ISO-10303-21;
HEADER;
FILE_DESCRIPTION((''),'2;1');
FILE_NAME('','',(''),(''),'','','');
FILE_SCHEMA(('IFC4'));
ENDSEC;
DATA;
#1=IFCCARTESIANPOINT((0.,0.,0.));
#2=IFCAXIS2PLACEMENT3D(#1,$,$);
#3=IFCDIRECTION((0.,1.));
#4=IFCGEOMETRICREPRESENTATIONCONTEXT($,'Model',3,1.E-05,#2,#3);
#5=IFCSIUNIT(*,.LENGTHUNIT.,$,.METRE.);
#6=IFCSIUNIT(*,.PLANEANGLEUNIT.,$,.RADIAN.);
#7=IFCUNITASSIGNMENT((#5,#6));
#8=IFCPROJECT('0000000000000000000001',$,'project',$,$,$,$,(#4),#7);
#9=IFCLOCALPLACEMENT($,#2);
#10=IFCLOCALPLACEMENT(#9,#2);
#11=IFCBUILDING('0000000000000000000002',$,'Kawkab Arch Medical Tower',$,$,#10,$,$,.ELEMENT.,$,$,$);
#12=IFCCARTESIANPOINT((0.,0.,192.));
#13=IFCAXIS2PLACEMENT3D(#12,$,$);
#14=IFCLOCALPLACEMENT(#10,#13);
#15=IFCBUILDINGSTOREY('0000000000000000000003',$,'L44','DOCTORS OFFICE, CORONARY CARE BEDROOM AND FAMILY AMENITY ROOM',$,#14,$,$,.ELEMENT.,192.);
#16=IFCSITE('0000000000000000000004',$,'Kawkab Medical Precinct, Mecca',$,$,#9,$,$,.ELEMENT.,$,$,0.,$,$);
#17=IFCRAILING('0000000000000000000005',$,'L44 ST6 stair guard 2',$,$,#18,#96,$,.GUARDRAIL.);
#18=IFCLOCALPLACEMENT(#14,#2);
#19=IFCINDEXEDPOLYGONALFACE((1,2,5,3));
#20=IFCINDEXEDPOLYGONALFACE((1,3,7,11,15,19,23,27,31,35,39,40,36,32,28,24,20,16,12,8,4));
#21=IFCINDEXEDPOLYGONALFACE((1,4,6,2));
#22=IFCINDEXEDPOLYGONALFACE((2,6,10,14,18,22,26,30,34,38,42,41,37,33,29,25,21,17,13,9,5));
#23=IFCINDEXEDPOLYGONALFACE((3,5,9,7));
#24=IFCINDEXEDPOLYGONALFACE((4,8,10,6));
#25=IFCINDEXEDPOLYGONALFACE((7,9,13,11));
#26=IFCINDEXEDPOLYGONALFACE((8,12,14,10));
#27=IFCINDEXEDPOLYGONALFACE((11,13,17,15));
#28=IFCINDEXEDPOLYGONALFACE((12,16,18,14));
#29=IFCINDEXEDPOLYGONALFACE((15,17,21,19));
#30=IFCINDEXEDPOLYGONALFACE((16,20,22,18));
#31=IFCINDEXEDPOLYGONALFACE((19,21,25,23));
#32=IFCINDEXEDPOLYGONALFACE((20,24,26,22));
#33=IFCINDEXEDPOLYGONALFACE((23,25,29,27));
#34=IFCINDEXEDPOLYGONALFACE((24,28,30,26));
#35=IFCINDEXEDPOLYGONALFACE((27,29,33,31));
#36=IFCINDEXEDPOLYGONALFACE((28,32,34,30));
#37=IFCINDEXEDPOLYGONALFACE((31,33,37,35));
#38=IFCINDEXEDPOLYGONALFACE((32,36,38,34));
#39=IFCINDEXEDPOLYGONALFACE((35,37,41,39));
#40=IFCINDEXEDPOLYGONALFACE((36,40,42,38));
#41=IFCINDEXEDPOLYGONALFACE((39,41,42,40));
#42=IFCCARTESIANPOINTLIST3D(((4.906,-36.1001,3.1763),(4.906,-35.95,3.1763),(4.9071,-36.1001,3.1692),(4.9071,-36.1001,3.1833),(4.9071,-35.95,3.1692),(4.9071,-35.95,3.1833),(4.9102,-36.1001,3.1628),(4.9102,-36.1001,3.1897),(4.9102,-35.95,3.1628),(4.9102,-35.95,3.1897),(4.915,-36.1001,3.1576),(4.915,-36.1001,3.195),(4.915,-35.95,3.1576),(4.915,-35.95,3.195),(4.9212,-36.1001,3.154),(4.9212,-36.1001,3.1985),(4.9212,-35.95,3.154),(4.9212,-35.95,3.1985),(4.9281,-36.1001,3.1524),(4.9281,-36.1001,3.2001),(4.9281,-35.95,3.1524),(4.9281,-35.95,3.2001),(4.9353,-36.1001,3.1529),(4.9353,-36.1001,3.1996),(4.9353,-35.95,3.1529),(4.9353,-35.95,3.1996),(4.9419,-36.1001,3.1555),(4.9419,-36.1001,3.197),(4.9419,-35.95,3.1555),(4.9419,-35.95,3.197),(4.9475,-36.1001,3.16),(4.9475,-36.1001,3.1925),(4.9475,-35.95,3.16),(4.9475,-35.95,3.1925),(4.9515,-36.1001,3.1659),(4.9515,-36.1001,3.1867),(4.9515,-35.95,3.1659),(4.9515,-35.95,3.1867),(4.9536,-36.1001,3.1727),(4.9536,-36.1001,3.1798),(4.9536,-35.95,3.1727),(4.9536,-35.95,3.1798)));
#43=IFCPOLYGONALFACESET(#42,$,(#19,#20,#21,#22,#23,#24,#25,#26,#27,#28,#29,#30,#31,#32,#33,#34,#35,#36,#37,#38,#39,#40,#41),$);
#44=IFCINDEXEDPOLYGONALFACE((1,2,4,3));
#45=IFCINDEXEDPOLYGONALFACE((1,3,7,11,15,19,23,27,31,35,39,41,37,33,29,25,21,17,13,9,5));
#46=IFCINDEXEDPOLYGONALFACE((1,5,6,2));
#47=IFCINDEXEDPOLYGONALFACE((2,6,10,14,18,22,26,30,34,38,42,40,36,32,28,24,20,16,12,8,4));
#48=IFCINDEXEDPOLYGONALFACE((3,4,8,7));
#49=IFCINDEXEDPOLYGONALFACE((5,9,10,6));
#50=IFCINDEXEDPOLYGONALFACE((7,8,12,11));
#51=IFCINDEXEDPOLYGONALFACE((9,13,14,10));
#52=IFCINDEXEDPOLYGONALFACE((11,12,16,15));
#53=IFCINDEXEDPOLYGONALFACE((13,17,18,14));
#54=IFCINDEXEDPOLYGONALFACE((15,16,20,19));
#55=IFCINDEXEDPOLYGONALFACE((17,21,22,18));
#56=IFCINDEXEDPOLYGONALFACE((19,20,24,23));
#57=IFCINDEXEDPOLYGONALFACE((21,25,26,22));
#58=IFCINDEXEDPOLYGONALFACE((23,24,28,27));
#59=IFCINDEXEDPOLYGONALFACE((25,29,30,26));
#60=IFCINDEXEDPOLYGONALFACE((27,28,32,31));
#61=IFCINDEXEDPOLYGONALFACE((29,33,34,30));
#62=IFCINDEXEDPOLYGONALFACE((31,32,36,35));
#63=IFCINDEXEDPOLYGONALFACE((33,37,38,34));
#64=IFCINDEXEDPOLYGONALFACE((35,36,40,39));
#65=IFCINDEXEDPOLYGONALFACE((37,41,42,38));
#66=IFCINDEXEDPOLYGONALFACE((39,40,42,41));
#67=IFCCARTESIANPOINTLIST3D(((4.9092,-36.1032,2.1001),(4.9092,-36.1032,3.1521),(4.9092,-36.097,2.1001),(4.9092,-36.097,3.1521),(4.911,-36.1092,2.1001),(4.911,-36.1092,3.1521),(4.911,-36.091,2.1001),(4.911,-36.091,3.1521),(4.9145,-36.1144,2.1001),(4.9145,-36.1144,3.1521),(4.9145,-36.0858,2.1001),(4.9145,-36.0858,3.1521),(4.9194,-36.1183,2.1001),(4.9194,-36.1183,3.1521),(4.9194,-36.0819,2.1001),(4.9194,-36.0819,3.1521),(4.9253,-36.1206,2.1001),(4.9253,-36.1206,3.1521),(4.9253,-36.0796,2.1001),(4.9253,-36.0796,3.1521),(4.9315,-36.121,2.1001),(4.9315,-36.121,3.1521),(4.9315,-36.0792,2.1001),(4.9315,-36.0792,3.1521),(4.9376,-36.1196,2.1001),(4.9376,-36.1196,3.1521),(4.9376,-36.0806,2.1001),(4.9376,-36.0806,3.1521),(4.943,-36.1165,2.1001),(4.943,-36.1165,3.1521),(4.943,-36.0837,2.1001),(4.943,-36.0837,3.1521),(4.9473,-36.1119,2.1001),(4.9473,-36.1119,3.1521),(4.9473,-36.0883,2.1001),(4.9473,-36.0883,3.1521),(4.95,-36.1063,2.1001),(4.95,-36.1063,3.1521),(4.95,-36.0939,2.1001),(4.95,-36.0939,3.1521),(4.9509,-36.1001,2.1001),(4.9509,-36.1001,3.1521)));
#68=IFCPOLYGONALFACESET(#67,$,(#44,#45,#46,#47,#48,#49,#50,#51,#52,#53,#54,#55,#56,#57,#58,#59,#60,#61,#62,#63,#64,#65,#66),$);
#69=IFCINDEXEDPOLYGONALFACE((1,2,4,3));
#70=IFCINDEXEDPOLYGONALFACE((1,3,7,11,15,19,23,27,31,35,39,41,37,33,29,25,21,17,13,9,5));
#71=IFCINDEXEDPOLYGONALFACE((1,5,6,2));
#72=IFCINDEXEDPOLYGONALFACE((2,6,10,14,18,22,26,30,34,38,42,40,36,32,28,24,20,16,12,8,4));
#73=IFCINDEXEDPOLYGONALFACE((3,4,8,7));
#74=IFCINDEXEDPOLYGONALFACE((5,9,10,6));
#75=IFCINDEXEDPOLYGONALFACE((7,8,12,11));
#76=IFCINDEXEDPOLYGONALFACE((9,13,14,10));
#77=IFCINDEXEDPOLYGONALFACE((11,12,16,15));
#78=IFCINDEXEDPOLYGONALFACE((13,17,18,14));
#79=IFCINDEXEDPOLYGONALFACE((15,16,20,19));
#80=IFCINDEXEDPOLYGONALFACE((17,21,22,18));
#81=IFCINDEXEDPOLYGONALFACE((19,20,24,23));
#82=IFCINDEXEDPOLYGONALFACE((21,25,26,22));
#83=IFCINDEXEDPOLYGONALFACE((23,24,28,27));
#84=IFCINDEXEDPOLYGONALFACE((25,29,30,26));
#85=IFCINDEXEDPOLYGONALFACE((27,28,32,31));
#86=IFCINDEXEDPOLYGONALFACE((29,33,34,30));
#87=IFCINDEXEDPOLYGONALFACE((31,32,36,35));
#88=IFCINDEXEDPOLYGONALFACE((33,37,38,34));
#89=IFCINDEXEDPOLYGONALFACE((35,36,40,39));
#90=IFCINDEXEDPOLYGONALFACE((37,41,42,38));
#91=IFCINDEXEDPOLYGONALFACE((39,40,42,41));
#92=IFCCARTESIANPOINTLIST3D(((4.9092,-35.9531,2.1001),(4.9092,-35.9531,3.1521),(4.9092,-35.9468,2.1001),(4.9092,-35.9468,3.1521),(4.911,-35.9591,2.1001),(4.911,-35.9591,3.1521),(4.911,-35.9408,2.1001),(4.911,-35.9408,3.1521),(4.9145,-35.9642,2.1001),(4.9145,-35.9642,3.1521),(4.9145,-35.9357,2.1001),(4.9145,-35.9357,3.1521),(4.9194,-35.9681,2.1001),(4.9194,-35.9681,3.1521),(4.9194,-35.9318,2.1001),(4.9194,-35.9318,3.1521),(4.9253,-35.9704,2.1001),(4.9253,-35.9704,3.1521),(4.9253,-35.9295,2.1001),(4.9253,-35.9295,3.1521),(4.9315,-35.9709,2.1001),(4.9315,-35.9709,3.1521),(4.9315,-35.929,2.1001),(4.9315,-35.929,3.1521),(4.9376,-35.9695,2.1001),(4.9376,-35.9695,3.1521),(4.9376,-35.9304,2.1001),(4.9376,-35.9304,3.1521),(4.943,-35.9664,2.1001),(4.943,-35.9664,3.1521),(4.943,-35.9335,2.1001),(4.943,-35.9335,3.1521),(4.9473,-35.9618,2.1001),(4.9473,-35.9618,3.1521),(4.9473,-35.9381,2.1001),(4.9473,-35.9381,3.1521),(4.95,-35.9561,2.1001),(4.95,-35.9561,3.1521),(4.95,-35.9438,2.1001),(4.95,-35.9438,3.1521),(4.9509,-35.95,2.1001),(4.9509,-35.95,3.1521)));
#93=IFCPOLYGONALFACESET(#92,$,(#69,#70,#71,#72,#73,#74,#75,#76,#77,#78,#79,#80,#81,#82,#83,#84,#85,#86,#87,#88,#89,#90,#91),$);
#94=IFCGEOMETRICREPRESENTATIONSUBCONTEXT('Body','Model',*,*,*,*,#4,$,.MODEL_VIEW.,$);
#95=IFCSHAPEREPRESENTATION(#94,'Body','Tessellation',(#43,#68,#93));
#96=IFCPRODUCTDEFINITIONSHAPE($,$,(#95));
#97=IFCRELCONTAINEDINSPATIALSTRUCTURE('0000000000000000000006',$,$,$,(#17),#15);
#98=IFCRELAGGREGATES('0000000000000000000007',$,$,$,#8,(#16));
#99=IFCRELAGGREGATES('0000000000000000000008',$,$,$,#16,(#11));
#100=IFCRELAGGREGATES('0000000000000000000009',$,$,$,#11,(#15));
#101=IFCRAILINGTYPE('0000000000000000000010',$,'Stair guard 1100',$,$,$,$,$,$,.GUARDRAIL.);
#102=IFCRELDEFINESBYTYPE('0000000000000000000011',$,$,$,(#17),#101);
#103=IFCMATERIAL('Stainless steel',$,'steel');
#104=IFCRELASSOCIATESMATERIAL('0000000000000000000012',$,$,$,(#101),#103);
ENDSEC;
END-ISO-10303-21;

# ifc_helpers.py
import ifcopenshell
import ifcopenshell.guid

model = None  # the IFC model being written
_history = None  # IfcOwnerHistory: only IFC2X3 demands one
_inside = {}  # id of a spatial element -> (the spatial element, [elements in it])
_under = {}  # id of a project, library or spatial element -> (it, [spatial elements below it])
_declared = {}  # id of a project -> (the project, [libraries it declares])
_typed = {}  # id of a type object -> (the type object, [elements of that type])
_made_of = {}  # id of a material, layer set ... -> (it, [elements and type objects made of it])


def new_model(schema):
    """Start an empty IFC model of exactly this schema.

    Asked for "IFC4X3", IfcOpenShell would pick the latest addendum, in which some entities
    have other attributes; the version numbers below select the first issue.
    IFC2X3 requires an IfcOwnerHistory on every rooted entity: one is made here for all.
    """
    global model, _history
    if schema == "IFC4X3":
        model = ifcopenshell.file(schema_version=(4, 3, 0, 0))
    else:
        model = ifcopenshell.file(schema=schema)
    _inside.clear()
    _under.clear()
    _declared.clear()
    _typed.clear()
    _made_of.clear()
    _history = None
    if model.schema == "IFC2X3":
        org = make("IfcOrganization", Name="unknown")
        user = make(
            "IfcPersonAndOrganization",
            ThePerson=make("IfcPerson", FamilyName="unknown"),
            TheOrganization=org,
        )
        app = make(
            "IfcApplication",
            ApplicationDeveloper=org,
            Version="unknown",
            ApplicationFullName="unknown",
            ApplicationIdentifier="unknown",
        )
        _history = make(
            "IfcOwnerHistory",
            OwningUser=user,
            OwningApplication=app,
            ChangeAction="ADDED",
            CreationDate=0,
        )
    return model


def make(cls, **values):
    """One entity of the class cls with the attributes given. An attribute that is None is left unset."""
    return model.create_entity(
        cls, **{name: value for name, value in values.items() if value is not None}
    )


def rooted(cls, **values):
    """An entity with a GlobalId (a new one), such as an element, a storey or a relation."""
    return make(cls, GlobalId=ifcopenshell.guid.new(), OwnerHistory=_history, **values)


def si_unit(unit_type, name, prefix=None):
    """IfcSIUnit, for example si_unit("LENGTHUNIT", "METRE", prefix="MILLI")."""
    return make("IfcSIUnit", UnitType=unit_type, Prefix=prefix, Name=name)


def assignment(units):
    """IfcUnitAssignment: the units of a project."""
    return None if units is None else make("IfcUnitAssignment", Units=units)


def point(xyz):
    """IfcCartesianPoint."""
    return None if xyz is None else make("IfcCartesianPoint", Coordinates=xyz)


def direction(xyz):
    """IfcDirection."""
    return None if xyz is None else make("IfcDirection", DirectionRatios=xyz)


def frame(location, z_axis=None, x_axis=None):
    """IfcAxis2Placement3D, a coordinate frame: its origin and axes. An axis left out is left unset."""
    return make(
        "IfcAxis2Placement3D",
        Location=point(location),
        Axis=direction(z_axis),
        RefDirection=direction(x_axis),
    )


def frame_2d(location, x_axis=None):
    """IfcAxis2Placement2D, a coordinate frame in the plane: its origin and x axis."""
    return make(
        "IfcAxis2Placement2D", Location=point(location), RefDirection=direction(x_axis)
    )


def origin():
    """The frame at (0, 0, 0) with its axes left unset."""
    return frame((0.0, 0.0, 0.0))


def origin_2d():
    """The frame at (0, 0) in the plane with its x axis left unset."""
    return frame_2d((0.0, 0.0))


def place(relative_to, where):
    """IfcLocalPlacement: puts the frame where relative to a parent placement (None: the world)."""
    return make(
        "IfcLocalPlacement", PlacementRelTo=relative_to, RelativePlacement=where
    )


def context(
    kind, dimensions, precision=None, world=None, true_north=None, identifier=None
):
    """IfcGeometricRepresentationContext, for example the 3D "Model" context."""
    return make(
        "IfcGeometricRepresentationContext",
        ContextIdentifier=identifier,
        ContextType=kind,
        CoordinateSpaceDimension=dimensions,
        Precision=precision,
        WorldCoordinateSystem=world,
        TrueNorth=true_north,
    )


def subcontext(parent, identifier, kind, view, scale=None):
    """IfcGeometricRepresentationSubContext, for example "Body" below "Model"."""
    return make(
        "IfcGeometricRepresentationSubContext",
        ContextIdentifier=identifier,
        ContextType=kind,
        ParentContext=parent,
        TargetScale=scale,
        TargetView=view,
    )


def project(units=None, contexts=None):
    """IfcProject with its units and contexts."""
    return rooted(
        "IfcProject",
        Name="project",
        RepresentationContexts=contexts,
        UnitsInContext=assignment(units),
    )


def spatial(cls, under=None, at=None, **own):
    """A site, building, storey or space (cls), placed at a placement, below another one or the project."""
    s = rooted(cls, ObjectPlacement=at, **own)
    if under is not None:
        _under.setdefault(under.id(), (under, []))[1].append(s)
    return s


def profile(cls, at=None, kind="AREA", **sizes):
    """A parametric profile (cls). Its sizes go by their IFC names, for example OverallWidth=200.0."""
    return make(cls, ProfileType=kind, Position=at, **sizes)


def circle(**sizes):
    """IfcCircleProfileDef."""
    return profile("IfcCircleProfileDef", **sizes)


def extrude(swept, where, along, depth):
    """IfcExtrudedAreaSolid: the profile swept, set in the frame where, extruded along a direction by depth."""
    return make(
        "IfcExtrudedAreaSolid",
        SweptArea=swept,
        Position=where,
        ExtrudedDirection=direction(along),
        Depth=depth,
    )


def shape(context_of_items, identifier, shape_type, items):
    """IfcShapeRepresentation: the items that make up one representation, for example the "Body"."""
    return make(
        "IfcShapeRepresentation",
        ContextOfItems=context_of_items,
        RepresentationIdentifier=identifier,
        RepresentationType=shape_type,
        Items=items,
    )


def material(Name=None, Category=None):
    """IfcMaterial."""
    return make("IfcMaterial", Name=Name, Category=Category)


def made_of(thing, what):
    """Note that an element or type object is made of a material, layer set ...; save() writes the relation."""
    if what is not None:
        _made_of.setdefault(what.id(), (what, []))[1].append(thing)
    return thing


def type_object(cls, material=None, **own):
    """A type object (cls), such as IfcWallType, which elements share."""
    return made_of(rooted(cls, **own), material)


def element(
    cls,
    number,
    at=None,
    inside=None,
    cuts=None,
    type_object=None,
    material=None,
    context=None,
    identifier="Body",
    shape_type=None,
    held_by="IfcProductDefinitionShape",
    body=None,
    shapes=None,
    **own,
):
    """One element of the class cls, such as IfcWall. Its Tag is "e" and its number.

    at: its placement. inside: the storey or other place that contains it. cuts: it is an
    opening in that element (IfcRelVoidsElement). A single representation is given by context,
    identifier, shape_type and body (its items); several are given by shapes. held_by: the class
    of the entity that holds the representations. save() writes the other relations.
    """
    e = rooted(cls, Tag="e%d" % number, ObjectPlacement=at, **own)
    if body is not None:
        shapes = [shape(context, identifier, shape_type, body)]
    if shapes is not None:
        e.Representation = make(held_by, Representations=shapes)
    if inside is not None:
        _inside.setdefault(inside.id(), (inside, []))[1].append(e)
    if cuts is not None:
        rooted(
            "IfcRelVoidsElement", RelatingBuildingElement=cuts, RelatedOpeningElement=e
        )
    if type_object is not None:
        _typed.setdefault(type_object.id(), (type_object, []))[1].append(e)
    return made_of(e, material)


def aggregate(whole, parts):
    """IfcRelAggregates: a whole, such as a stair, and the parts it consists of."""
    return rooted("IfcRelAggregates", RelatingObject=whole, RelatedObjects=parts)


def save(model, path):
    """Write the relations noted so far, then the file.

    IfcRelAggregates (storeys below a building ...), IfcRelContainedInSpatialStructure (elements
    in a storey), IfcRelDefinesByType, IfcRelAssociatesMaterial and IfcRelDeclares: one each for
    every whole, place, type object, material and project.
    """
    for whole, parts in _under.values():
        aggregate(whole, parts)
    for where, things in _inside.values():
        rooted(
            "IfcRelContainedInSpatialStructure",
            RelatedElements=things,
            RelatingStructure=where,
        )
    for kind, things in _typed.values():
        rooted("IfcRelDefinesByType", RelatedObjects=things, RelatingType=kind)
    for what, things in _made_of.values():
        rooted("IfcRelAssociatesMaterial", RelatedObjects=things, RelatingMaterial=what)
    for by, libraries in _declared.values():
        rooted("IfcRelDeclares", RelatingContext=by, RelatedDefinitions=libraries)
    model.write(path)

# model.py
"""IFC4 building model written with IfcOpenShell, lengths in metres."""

from ifc_helpers import new_model, si_unit, direction, frame, origin, origin_2d, place, context, subcontext, project, spatial, circle, extrude, material, type_object, element, save


model = new_model("IFC4")

# Units and contexts
model_context = context("Model", 3, precision=1e-05, world=origin(), true_north=direction((0.0, 1.0)))
body_context = subcontext(model_context, "Body", "Model", "MODEL_VIEW")
ifc_project = project(units=[si_unit("LENGTHUNIT", "METRE"), si_unit("PLANEANGLEUNIT", "RADIAN")], contexts=[model_context])

# Site, building, storey
site_placement = place(None, origin())
site = spatial("IfcSite", under=ifc_project, at=site_placement, Name="Kawkab Medical Precinct, Mecca", CompositionType="ELEMENT", RefElevation=0.0)
building_placement = place(site_placement, origin())
building = spatial("IfcBuilding", under=site, at=building_placement, Name="Kawkab Arch Medical Tower", CompositionType="ELEMENT")
storey_placement = place(building_placement, frame((0.0, 0.0, 192.0)))
storey = spatial("IfcBuildingStorey", under=building, at=storey_placement, Name="L44", Description="DOCTORS OFFICE, CORONARY CARE BEDROOM AND FAMILY AMENITY ROOM", CompositionType="ELEMENT", Elevation=192.0)

# Railing
ifc_material_1 = material(Name="Stainless steel", Category="steel")
railing_type = type_object("IfcRailingType", Name="Stair guard 1100", PredefinedType="GUARDRAIL", material=ifc_material_1)
railing_1_placement = place(storey_placement, frame((4.9299, -36.1001, 2.1001)))
element("IfcRailing", 1, at=railing_1_placement, inside=storey, type_object=railing_type, Name="L44 ST6 stair guard 2", PredefinedType="GUARDRAIL", context=body_context, shape_type="SweptSolid", body=[
    extrude(circle(Radius=0.0239, at=origin_2d()), frame((0.0, 0.0, 1.0762), z_axis=(0.0, 1.0, 0.0), x_axis=(-1.0, 0.0, 0.0)), (0.0, 0.0, 1.0), 0.1501),
    extrude(circle(Radius=0.021, at=origin_2d()), origin(), (0.0, 0.0, 1.0), 1.052),
    extrude(circle(Radius=0.021, at=origin_2d()), frame((0.0, 0.1501, 0.0)), (0.0, 0.0, 1.0), 1.052),
])

save(model, "model.ifc")
